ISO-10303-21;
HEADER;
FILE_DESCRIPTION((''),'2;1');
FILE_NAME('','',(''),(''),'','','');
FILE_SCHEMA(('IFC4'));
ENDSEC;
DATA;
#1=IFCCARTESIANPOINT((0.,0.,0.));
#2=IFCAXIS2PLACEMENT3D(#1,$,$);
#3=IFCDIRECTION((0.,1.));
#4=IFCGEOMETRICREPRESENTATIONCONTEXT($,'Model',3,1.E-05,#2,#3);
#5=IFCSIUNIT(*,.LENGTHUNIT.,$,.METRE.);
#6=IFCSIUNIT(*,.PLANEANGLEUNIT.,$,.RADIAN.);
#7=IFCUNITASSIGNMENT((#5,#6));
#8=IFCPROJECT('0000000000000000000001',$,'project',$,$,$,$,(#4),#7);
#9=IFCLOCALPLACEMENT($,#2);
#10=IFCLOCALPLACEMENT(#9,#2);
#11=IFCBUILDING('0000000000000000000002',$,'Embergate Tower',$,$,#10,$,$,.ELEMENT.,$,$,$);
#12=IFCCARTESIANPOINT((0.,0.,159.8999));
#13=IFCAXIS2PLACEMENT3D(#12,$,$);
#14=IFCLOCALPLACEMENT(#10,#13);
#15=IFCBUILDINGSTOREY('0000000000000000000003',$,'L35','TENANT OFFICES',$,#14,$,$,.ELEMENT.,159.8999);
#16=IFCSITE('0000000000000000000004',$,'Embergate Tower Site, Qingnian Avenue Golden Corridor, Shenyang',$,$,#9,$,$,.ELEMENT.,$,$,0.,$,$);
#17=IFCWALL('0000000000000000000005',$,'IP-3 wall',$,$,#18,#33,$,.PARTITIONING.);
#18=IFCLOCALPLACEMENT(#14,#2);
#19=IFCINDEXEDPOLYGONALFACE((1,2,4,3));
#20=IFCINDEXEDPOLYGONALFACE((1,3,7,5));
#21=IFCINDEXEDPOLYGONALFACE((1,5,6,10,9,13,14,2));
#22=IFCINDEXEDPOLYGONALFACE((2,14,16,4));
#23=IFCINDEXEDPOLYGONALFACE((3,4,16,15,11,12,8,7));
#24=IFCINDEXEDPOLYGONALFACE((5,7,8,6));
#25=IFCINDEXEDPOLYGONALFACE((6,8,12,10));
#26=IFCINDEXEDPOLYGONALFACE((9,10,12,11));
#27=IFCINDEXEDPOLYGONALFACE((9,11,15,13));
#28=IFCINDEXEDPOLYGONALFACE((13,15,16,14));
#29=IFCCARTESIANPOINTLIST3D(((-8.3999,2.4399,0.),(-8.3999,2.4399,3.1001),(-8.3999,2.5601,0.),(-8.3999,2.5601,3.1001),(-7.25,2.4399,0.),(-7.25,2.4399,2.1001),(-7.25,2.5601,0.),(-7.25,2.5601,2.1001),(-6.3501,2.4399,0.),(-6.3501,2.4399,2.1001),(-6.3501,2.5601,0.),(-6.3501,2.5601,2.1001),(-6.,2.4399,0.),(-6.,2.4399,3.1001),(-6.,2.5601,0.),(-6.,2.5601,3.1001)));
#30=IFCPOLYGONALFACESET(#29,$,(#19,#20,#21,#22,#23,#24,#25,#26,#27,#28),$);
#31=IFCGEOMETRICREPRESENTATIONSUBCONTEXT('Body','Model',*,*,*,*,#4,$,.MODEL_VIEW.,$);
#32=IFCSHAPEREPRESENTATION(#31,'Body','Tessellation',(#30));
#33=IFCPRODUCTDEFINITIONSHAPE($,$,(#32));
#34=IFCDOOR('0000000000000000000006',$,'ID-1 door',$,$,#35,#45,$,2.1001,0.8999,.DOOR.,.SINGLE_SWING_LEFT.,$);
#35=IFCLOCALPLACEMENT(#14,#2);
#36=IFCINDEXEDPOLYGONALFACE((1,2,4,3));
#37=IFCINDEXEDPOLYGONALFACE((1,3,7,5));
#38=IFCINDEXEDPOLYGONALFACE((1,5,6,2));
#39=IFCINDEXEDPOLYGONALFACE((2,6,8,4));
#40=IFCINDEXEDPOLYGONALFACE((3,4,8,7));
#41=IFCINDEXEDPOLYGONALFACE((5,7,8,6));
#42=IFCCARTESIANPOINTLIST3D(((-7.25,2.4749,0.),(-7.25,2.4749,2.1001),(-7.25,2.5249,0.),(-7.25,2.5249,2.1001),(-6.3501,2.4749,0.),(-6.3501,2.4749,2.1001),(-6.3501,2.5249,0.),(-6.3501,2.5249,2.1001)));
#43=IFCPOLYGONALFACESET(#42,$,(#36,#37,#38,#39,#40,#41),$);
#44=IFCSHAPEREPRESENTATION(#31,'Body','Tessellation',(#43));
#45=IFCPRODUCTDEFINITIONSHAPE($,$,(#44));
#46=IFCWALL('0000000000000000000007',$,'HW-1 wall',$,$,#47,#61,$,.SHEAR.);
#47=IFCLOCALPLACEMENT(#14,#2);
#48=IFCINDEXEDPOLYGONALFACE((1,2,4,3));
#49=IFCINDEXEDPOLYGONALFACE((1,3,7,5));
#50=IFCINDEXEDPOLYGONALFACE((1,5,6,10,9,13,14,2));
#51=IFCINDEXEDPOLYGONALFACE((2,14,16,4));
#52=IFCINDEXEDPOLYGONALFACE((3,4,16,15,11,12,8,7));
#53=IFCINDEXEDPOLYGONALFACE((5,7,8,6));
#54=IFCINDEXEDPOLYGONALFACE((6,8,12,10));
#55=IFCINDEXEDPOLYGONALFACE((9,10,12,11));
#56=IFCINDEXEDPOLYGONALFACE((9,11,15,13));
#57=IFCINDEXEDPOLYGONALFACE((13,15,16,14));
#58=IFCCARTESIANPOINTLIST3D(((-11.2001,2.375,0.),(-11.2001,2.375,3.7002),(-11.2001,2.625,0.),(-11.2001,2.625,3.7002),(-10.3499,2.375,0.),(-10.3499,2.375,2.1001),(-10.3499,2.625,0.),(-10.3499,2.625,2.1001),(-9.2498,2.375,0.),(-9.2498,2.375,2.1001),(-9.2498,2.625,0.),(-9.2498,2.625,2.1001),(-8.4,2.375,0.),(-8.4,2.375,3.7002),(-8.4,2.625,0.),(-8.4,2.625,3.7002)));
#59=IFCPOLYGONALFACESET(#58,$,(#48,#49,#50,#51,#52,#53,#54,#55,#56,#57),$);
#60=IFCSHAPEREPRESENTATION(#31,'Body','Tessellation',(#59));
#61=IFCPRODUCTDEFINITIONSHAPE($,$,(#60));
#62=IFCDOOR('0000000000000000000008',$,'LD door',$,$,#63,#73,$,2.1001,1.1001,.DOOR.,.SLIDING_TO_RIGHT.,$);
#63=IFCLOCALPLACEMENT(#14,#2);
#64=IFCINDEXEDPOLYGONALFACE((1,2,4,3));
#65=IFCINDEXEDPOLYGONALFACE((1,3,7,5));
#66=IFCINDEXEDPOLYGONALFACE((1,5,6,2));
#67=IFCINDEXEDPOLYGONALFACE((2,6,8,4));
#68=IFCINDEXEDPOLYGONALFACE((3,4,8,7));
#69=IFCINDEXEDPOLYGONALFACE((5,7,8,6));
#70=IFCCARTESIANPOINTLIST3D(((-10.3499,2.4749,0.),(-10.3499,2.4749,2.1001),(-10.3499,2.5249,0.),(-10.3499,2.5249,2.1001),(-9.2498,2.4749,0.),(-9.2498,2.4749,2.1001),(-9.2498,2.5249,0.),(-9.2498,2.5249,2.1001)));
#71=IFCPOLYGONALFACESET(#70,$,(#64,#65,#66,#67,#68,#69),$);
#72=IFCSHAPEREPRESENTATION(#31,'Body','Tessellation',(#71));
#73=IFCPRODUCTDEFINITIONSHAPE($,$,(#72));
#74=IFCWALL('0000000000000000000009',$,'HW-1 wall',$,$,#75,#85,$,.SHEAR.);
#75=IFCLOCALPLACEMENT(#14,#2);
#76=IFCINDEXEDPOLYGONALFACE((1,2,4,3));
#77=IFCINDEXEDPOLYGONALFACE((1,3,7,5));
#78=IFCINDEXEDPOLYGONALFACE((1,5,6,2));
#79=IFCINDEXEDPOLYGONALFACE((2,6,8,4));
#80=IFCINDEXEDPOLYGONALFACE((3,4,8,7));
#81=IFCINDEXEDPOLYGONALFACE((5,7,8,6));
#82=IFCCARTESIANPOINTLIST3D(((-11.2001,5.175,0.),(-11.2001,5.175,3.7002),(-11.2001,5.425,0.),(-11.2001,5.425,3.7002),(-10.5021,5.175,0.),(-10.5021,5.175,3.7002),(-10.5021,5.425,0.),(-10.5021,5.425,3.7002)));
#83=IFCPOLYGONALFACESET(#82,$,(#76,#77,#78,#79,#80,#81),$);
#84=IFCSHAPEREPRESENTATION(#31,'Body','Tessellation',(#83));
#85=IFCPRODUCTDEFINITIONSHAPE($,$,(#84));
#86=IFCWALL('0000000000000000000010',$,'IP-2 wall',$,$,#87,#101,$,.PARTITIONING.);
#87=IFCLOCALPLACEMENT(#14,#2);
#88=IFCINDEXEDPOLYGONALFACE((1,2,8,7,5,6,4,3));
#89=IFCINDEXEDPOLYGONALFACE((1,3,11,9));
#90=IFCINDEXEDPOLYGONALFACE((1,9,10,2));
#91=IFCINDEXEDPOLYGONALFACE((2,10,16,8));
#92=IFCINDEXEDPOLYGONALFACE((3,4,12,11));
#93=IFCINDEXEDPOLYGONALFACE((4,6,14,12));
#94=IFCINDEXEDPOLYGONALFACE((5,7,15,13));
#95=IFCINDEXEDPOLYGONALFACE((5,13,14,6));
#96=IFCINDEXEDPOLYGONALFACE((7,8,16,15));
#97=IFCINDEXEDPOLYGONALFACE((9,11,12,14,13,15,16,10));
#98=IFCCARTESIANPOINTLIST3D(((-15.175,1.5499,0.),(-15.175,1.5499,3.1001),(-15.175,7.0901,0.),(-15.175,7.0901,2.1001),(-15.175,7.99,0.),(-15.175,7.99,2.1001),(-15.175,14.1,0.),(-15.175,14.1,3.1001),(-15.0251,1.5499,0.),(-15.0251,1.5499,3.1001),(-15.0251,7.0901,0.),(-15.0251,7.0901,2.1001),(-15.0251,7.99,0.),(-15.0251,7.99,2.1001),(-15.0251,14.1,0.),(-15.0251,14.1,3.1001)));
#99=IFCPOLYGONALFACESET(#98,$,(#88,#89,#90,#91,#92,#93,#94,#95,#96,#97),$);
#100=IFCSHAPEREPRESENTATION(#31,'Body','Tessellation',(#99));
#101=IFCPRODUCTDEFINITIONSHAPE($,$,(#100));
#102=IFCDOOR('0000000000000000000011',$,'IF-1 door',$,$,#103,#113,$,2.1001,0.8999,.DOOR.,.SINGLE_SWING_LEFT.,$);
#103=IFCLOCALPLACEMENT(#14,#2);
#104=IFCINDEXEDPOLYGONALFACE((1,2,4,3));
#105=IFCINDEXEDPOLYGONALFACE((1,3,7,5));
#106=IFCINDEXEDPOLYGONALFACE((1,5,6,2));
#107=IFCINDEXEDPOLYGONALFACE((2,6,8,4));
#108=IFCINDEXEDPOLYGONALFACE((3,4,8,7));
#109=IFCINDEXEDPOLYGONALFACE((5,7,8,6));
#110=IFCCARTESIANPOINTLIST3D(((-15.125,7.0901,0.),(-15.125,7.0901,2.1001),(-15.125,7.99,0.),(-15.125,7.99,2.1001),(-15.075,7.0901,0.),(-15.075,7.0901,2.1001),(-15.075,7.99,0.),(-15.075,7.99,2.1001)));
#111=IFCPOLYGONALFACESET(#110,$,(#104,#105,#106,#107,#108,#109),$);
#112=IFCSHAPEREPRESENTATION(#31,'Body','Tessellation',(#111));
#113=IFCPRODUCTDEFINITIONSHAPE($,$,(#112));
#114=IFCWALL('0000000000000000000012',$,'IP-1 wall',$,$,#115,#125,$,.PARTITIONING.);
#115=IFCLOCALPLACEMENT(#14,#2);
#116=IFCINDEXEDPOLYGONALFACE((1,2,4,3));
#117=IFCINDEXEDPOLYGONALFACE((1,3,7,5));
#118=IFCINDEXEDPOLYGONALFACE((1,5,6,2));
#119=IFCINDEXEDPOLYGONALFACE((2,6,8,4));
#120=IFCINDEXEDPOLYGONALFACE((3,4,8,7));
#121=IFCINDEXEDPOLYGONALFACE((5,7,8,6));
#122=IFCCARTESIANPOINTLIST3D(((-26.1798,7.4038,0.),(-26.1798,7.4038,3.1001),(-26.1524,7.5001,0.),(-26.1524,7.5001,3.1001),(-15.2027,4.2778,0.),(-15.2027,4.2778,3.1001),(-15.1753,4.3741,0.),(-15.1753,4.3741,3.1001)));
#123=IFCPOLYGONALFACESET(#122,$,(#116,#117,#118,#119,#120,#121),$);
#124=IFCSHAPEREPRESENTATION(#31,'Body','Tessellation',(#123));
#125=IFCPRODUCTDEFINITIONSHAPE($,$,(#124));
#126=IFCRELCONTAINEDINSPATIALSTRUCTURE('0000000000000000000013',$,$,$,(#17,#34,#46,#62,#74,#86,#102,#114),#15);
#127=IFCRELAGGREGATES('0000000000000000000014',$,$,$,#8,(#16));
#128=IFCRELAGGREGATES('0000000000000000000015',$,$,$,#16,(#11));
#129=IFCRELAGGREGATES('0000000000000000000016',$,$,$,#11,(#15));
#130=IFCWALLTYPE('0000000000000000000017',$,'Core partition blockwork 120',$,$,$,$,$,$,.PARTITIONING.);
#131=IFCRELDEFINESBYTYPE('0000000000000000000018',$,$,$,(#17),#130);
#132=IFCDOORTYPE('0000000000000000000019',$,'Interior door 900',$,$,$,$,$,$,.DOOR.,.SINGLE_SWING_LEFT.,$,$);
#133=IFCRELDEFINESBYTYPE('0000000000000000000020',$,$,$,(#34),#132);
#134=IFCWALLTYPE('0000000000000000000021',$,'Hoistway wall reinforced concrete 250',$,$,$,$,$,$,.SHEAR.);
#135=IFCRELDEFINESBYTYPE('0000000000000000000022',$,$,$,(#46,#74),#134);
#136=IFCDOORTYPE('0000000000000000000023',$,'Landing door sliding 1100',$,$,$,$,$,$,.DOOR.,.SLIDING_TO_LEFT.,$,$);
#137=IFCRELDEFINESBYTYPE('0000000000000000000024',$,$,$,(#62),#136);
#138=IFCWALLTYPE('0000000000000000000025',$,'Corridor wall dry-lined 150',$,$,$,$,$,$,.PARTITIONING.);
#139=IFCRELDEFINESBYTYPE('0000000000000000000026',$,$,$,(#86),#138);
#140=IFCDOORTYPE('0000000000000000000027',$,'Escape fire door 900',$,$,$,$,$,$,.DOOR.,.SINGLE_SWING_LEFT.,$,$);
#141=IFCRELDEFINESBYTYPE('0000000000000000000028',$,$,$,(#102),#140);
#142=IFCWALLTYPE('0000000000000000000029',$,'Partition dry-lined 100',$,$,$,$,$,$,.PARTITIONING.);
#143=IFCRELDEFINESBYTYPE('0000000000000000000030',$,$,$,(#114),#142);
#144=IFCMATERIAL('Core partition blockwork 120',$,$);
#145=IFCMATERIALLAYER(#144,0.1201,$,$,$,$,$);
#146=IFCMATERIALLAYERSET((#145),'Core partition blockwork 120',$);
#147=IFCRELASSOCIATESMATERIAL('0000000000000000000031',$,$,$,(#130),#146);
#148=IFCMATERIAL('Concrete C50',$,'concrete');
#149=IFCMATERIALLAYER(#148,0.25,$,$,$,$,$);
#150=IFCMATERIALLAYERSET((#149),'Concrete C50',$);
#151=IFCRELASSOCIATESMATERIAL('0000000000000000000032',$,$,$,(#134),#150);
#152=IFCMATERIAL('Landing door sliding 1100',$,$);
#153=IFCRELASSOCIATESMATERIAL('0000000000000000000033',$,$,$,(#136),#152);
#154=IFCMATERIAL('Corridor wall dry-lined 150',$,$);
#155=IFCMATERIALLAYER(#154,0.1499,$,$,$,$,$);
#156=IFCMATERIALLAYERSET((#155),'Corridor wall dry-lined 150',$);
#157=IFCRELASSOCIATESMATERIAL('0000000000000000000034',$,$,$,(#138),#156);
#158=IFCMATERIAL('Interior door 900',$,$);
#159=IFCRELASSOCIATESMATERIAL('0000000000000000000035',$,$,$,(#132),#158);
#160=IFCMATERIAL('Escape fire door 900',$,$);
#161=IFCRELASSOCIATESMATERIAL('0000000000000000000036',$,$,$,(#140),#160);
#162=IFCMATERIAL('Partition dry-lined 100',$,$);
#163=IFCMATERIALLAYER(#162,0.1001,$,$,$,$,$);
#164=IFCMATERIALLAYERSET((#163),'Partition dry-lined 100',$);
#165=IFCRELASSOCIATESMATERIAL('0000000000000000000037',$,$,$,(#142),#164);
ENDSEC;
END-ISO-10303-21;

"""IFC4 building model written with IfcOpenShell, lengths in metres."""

from ifc_helpers import new_model, si_unit, direction, frame, frame_2d, origin, place, context, subcontext, project, spatial, rectangle, extrude, source, transform, mapped, material, layer, layer_set, type_object, element, fill, save


model = new_model("IFC4")

# Units and contexts
model_context = context("Model", 3, precision=1e-05, world=origin(), true_north=direction((0.0, 1.0)))
body_context = subcontext(model_context, "Body", "Model", "MODEL_VIEW")
ifc_project = project(units=[si_unit("LENGTHUNIT", "METRE"), si_unit("PLANEANGLEUNIT", "RADIAN")], contexts=[model_context])

# Site, building, storey
site_placement = place(None, origin())
site = spatial("IfcSite", under=ifc_project, at=site_placement, Name="Embergate Tower Site, Qingnian Avenue Golden Corridor, Shenyang", CompositionType="ELEMENT", RefElevation=0.0)
building_placement = place(site_placement, origin())
building = spatial("IfcBuilding", under=site, at=building_placement, Name="Embergate Tower", CompositionType="ELEMENT")
storey_placement = place(building_placement, frame((0.0, 0.0, 159.8999)))
storey = spatial("IfcBuildingStorey", under=building, at=storey_placement, Name="L35", Description="TENANT OFFICES", CompositionType="ELEMENT", Elevation=159.8999)

# Shared definitions
ifc_material_1 = material(Name="Core partition blockwork 120")
ifc_layer_1 = layer(ifc_material_1, 0.1201)
ifc_layer_set_1 = layer_set([ifc_layer_1], Name="Core partition blockwork 120")
wall_type_1 = type_object("IfcWallType", Name="Core partition blockwork 120", PredefinedType="PARTITIONING", material=ifc_layer_set_1)

# Shared definitions
ifc_material_2 = material(Name="Concrete C50", Category="concrete")
ifc_layer_2 = layer(ifc_material_2, 0.25)
ifc_layer_set_2 = layer_set([ifc_layer_2], Name="Concrete C50")
wall_type_2 = type_object("IfcWallType", Name="Hoistway wall reinforced concrete 250", PredefinedType="SHEAR", material=ifc_layer_set_2)

# Shared definitions
shared_shape_1 = source(origin(), body_context, "Body", "SweptSolid", [
    extrude(rectangle(XDim=1.1001, YDim=2.1001, at=frame_2d((0.55, 1.05))), frame((0.0, 0.135, 0.0), z_axis=(0.0, -1.0, 0.0), x_axis=(1.0, 0.0, 0.0)), (0.0, 0.0, 1.0), 0.27),
])
ifc_material_3 = material(Name="Landing door sliding 1100")
door_type_1 = type_object("IfcDoorType", Name="Landing door sliding 1100", OperationType="SLIDING_TO_LEFT", PredefinedType="DOOR", material=ifc_material_3)
shared_shape_2 = source(origin(), body_context, "Body", "SweptSolid", [
    extrude(rectangle(XDim=1.1001, YDim=2.1001, at=frame_2d((0.55, 1.05))), frame((0.0, 0.0249, 0.0), z_axis=(0.0, -1.0, 0.0), x_axis=(1.0, 0.0, 0.0)), (0.0, 0.0, 1.0), 0.05),
])

# Walls, openings, doors
ifc_material_4 = material(Name="Corridor wall dry-lined 150")
ifc_layer_3 = layer(ifc_material_4, 0.1499)
ifc_layer_set_3 = layer_set([ifc_layer_3], Name="Corridor wall dry-lined 150")
wall_type_3 = type_object("IfcWallType", Name="Corridor wall dry-lined 150", PredefinedType="PARTITIONING", material=ifc_layer_set_3)
shared_shape_3 = source(origin(), body_context, "Body", "SweptSolid", [
    extrude(rectangle(XDim=2.3999, YDim=0.1201, at=frame_2d((1.2, 0.0))), origin(), (0.0, 0.0, 1.0), 3.1001),
])
wall_1_placement = place(storey_placement, frame((-8.3999, 2.5, 0.0), z_axis=(0.0, 0.0, 1.0), x_axis=(1.0, 0.0, 0.0)))
wall_1 = element("IfcWall", 1, at=wall_1_placement, inside=storey, type_object=wall_type_1, Name="IP-3 wall", PredefinedType="PARTITIONING", context=body_context, shape_type="MappedRepresentation", body=[
    mapped(shared_shape_3, transform((0.0, 0.0, 0.0))),
])
shared_shape_4 = source(origin(), body_context, "Body", "SweptSolid", [
    extrude(rectangle(XDim=0.8999, YDim=2.1001, at=frame_2d((0.45, 1.05))), frame((0.0, 0.0701, 0.0), z_axis=(0.0, -1.0, 0.0), x_axis=(1.0, 0.0, 0.0)), (0.0, 0.0, 1.0), 0.1401),
])
opening_1_placement = place(wall_1_placement, frame((1.1499, 0.0, 0.0)))
opening_1 = element("IfcOpeningElement", 2, at=opening_1_placement, cuts=wall_1, PredefinedType="OPENING", context=body_context, shape_type="MappedRepresentation", body=[
    mapped(shared_shape_4, transform((0.0, 0.0, 0.0))),
])
ifc_material_5 = material(Name="Interior door 900")
door_type_2 = type_object("IfcDoorType", Name="Interior door 900", OperationType="SINGLE_SWING_LEFT", PredefinedType="DOOR", material=ifc_material_5)
shared_shape_5 = source(origin(), body_context, "Body", "SweptSolid", [
    extrude(rectangle(XDim=0.8999, YDim=2.1001, at=frame_2d((0.45, 1.05))), frame((0.0, 0.0249, 0.0), z_axis=(0.0, -1.0, 0.0), x_axis=(1.0, 0.0, 0.0)), (0.0, 0.0, 1.0), 0.05),
])
door_1_placement = place(opening_1_placement, origin())
door_1 = element("IfcDoor", 3, at=door_1_placement, inside=storey, type_object=door_type_2, Name="ID-1 door", OperationType="SINGLE_SWING_LEFT", OverallHeight=2.1001, OverallWidth=0.8999, PredefinedType="DOOR", context=body_context, shape_type="MappedRepresentation", body=[
    mapped(shared_shape_5, transform((0.0, 0.0, 0.0))),
])
fill(opening_1, door_1)
shared_shape_6 = source(origin(), body_context, "Body", "SweptSolid", [
    extrude(rectangle(XDim=2.8, YDim=0.25, at=frame_2d((1.3999, 0.0))), origin(), (0.0, 0.0, 1.0), 3.7002),
])
wall_2_placement = place(storey_placement, frame((-11.2, 2.5, 0.0), z_axis=(0.0, 0.0, 1.0), x_axis=(1.0, 0.0, 0.0)))
wall_2 = element("IfcWall", 4, at=wall_2_placement, inside=storey, type_object=wall_type_2, Name="HW-1 wall", PredefinedType="SHEAR", context=body_context, shape_type="MappedRepresentation", body=[
    mapped(shared_shape_6, transform((0.0, 0.0, 0.0))),
])
opening_2_placement = place(wall_2_placement, frame((0.8501, 0.0, 0.0)))
opening_2 = element("IfcOpeningElement", 5, at=opening_2_placement, cuts=wall_2, PredefinedType="OPENING", context=body_context, shape_type="MappedRepresentation", body=[
    mapped(shared_shape_1, transform((0.0, 0.0, 0.0))),
])
door_2_placement = place(opening_2_placement, origin())
door_2 = element("IfcDoor", 6, at=door_2_placement, inside=storey, type_object=door_type_1, Name="LD door", OperationType="SLIDING_TO_RIGHT", OverallHeight=2.1001, OverallWidth=1.1001, PredefinedType="DOOR", context=body_context, shape_type="MappedRepresentation", body=[
    mapped(shared_shape_2, transform((0.0, 0.0, 0.0))),
])
fill(opening_2, door_2)

# Wall
shared_shape_7 = source(origin(), body_context, "Body", "SweptSolid", [
    extrude(rectangle(XDim=0.698, YDim=0.25, at=frame_2d((0.3491, 0.0))), origin(), (0.0, 0.0, 1.0), 3.7002),
])
wall_3_placement = place(storey_placement, frame((-10.502, 5.3, 0.0), z_axis=(0.0, 0.0, 1.0), x_axis=(-1.0, 0.0, 0.0)))
element("IfcWall", 7, at=wall_3_placement, inside=storey, type_object=wall_type_2, Name="HW-1 wall", PredefinedType="SHEAR", context=body_context, shape_type="MappedRepresentation", body=[
    mapped(shared_shape_7, transform((0.0, 0.0, 0.0))),
])

# Wall, opening, door
shared_shape_8 = source(origin(), body_context, "Body", "SweptSolid", [
    extrude(rectangle(XDim=12.55, YDim=0.1499, at=frame_2d((6.2749, 0.0))), origin(), (0.0, 0.0, 1.0), 3.1001),
])
wall_4_placement = place(storey_placement, frame((-15.1001, 1.55, 0.0), z_axis=(0.0, 0.0, 1.0), x_axis=(0.0, 1.0, 0.0)))
wall_4 = element("IfcWall", 8, at=wall_4_placement, inside=storey, type_object=wall_type_3, Name="IP-2 wall", PredefinedType="PARTITIONING", context=body_context, shape_type="MappedRepresentation", body=[
    mapped(shared_shape_8, transform((0.0, 0.0, 0.0))),
])
shared_shape_9 = source(origin(), body_context, "Body", "SweptSolid", [
    extrude(rectangle(XDim=0.8999, YDim=2.1001, at=frame_2d((0.45, 1.05))), frame((0.0, 0.085, 0.0), z_axis=(0.0, -1.0, 0.0), x_axis=(1.0, 0.0, 0.0)), (0.0, 0.0, 1.0), 0.1699),
])
opening_3_placement = place(wall_4_placement, frame((5.54, 0.0, 0.0)))
opening_3 = element("IfcOpeningElement", 9, at=opening_3_placement, cuts=wall_4, PredefinedType="OPENING", context=body_context, shape_type="MappedRepresentation", body=[
    mapped(shared_shape_9, transform((0.0, 0.0, 0.0))),
])
ifc_material_6 = material(Name="Escape fire door 900")
door_type_3 = type_object("IfcDoorType", Name="Escape fire door 900", OperationType="SINGLE_SWING_LEFT", PredefinedType="DOOR", material=ifc_material_6)
door_3_placement = place(opening_3_placement, origin())
door_3 = element("IfcDoor", 10, at=door_3_placement, inside=storey, type_object=door_type_3, Name="IF-1 door", OperationType="SINGLE_SWING_LEFT", OverallHeight=2.1001, OverallWidth=0.8999, PredefinedType="DOOR", context=body_context, shape_type="MappedRepresentation", body=[
    mapped(shared_shape_5, transform((0.0, 0.0, 0.0))),
])
fill(opening_3, door_3)

# Wall
ifc_material_7 = material(Name="Partition dry-lined 100")
ifc_layer_4 = layer(ifc_material_7, 0.1001)
ifc_layer_set_4 = layer_set([ifc_layer_4], Name="Partition dry-lined 100")
wall_type_4 = type_object("IfcWallType", Name="Partition dry-lined 100", PredefinedType="PARTITIONING", material=ifc_layer_set_4)
shared_shape_10 = source(origin(), body_context, "Body", "SweptSolid", [
    extrude(rectangle(XDim=11.4136, YDim=0.1001, at=frame_2d((5.7068, 0.0))), origin(), (0.0, 0.0, 1.0), 3.1001),
])
wall_5_placement = place(storey_placement, frame((-15.189, 4.3259, 0.0), z_axis=(0.0, 0.0, 1.0), x_axis=(-0.961763, 0.273885, 0.0)))
element("IfcWall", 11, at=wall_5_placement, inside=storey, type_object=wall_type_4, Name="IP-1 wall", PredefinedType="PARTITIONING", context=body_context, shape_type="MappedRepresentation", body=[
    mapped(shared_shape_10, transform((0.0, 0.0, 0.0))),
])

save(model, "model.ifc")
